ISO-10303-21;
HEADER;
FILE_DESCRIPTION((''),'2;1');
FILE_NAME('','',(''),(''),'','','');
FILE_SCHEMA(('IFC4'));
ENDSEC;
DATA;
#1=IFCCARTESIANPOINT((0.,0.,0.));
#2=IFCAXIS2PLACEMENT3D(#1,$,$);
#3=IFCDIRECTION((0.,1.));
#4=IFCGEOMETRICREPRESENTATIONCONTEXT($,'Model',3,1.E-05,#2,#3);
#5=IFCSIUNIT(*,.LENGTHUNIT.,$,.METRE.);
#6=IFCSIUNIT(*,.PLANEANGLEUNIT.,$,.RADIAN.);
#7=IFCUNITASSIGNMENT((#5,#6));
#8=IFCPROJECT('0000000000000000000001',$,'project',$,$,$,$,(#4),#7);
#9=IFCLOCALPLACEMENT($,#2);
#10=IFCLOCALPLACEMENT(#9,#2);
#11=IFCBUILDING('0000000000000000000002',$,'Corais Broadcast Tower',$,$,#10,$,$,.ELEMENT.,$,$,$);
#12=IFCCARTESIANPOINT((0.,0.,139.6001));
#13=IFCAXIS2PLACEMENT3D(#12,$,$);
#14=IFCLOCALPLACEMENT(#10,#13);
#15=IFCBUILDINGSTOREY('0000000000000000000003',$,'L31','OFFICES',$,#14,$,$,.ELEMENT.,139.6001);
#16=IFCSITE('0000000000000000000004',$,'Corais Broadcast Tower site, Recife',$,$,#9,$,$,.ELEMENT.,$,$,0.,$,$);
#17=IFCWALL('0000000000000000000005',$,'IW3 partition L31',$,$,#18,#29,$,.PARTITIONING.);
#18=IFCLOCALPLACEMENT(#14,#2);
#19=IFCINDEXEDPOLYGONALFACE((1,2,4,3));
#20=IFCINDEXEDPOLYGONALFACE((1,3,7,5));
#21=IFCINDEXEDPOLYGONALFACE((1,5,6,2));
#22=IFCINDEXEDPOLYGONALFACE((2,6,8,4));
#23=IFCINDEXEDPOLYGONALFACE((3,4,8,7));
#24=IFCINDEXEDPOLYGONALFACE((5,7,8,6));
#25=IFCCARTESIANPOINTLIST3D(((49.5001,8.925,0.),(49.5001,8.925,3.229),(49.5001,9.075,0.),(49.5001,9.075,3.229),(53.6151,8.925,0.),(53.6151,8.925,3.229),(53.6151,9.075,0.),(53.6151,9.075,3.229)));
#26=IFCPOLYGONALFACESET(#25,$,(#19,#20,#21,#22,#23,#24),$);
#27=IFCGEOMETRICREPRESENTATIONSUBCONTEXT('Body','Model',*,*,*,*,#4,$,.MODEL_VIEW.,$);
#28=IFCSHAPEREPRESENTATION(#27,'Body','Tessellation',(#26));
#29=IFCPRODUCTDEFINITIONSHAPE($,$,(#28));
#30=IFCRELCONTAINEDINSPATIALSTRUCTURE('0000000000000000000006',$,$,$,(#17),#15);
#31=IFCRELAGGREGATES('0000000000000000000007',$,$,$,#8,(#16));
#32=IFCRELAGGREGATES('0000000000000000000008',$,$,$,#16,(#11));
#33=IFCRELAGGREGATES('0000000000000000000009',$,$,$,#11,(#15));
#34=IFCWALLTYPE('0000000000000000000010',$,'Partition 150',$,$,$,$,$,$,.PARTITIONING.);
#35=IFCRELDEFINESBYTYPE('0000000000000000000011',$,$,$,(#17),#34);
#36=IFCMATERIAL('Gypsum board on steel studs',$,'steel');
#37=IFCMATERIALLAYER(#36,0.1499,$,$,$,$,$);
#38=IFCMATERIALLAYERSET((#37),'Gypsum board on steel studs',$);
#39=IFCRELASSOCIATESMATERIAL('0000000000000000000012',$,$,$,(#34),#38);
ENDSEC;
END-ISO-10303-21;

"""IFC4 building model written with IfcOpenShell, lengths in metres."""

from ifc_helpers import new_model, si_unit, direction, frame, frame_2d, origin, place, context, subcontext, project, spatial, rectangle, extrude, material, layer, layer_set, type_object, element, save


model = new_model("IFC4")

# Units and contexts
model_context = context("Model", 3, precision=1e-05, world=origin(), true_north=direction((0.0, 1.0)))
body_context = subcontext(model_context, "Body", "Model", "MODEL_VIEW")
ifc_project = project(units=[si_unit("LENGTHUNIT", "METRE"), si_unit("PLANEANGLEUNIT", "RADIAN")], contexts=[model_context])

# Site, building, storey
site_placement = place(None, origin())
site = spatial("IfcSite", under=ifc_project, at=site_placement, Name="Corais Broadcast Tower site, Recife", CompositionType="ELEMENT", RefElevation=0.0)
building_placement = place(site_placement, origin())
building = spatial("IfcBuilding", under=site, at=building_placement, Name="Corais Broadcast Tower", CompositionType="ELEMENT")
storey_placement = place(building_placement, frame((0.0, 0.0, 139.6001)))
storey = spatial("IfcBuildingStorey", under=building, at=storey_placement, Name="L31", Description="OFFICES", CompositionType="ELEMENT", Elevation=139.6001)

# Wall
ifc_material_1 = material(Name="Gypsum board on steel studs", Category="steel")
ifc_layer_1 = layer(ifc_material_1, 0.1499)
ifc_layer_set_1 = layer_set([ifc_layer_1], Name="Gypsum board on steel studs")
wall_type = type_object("IfcWallType", Name="Partition 150", PredefinedType="PARTITIONING", material=ifc_layer_set_1)
wall_placement = place(storey_placement, frame((49.5, 9.0, 0.0), z_axis=(0.0, 0.0, 1.0), x_axis=(1.0, 0.0, 0.0)))
element("IfcWall", 1, at=wall_placement, inside=storey, type_object=wall_type, Name="IW3 partition L31", PredefinedType="PARTITIONING", context=body_context, shape_type="SweptSolid", body=[
    extrude(rectangle(XDim=4.115, YDim=0.1499, at=frame_2d((2.0576, 0.0))), origin(), (0.0, 0.0, 1.0), 3.229),
])

save(model, "model.ifc")
